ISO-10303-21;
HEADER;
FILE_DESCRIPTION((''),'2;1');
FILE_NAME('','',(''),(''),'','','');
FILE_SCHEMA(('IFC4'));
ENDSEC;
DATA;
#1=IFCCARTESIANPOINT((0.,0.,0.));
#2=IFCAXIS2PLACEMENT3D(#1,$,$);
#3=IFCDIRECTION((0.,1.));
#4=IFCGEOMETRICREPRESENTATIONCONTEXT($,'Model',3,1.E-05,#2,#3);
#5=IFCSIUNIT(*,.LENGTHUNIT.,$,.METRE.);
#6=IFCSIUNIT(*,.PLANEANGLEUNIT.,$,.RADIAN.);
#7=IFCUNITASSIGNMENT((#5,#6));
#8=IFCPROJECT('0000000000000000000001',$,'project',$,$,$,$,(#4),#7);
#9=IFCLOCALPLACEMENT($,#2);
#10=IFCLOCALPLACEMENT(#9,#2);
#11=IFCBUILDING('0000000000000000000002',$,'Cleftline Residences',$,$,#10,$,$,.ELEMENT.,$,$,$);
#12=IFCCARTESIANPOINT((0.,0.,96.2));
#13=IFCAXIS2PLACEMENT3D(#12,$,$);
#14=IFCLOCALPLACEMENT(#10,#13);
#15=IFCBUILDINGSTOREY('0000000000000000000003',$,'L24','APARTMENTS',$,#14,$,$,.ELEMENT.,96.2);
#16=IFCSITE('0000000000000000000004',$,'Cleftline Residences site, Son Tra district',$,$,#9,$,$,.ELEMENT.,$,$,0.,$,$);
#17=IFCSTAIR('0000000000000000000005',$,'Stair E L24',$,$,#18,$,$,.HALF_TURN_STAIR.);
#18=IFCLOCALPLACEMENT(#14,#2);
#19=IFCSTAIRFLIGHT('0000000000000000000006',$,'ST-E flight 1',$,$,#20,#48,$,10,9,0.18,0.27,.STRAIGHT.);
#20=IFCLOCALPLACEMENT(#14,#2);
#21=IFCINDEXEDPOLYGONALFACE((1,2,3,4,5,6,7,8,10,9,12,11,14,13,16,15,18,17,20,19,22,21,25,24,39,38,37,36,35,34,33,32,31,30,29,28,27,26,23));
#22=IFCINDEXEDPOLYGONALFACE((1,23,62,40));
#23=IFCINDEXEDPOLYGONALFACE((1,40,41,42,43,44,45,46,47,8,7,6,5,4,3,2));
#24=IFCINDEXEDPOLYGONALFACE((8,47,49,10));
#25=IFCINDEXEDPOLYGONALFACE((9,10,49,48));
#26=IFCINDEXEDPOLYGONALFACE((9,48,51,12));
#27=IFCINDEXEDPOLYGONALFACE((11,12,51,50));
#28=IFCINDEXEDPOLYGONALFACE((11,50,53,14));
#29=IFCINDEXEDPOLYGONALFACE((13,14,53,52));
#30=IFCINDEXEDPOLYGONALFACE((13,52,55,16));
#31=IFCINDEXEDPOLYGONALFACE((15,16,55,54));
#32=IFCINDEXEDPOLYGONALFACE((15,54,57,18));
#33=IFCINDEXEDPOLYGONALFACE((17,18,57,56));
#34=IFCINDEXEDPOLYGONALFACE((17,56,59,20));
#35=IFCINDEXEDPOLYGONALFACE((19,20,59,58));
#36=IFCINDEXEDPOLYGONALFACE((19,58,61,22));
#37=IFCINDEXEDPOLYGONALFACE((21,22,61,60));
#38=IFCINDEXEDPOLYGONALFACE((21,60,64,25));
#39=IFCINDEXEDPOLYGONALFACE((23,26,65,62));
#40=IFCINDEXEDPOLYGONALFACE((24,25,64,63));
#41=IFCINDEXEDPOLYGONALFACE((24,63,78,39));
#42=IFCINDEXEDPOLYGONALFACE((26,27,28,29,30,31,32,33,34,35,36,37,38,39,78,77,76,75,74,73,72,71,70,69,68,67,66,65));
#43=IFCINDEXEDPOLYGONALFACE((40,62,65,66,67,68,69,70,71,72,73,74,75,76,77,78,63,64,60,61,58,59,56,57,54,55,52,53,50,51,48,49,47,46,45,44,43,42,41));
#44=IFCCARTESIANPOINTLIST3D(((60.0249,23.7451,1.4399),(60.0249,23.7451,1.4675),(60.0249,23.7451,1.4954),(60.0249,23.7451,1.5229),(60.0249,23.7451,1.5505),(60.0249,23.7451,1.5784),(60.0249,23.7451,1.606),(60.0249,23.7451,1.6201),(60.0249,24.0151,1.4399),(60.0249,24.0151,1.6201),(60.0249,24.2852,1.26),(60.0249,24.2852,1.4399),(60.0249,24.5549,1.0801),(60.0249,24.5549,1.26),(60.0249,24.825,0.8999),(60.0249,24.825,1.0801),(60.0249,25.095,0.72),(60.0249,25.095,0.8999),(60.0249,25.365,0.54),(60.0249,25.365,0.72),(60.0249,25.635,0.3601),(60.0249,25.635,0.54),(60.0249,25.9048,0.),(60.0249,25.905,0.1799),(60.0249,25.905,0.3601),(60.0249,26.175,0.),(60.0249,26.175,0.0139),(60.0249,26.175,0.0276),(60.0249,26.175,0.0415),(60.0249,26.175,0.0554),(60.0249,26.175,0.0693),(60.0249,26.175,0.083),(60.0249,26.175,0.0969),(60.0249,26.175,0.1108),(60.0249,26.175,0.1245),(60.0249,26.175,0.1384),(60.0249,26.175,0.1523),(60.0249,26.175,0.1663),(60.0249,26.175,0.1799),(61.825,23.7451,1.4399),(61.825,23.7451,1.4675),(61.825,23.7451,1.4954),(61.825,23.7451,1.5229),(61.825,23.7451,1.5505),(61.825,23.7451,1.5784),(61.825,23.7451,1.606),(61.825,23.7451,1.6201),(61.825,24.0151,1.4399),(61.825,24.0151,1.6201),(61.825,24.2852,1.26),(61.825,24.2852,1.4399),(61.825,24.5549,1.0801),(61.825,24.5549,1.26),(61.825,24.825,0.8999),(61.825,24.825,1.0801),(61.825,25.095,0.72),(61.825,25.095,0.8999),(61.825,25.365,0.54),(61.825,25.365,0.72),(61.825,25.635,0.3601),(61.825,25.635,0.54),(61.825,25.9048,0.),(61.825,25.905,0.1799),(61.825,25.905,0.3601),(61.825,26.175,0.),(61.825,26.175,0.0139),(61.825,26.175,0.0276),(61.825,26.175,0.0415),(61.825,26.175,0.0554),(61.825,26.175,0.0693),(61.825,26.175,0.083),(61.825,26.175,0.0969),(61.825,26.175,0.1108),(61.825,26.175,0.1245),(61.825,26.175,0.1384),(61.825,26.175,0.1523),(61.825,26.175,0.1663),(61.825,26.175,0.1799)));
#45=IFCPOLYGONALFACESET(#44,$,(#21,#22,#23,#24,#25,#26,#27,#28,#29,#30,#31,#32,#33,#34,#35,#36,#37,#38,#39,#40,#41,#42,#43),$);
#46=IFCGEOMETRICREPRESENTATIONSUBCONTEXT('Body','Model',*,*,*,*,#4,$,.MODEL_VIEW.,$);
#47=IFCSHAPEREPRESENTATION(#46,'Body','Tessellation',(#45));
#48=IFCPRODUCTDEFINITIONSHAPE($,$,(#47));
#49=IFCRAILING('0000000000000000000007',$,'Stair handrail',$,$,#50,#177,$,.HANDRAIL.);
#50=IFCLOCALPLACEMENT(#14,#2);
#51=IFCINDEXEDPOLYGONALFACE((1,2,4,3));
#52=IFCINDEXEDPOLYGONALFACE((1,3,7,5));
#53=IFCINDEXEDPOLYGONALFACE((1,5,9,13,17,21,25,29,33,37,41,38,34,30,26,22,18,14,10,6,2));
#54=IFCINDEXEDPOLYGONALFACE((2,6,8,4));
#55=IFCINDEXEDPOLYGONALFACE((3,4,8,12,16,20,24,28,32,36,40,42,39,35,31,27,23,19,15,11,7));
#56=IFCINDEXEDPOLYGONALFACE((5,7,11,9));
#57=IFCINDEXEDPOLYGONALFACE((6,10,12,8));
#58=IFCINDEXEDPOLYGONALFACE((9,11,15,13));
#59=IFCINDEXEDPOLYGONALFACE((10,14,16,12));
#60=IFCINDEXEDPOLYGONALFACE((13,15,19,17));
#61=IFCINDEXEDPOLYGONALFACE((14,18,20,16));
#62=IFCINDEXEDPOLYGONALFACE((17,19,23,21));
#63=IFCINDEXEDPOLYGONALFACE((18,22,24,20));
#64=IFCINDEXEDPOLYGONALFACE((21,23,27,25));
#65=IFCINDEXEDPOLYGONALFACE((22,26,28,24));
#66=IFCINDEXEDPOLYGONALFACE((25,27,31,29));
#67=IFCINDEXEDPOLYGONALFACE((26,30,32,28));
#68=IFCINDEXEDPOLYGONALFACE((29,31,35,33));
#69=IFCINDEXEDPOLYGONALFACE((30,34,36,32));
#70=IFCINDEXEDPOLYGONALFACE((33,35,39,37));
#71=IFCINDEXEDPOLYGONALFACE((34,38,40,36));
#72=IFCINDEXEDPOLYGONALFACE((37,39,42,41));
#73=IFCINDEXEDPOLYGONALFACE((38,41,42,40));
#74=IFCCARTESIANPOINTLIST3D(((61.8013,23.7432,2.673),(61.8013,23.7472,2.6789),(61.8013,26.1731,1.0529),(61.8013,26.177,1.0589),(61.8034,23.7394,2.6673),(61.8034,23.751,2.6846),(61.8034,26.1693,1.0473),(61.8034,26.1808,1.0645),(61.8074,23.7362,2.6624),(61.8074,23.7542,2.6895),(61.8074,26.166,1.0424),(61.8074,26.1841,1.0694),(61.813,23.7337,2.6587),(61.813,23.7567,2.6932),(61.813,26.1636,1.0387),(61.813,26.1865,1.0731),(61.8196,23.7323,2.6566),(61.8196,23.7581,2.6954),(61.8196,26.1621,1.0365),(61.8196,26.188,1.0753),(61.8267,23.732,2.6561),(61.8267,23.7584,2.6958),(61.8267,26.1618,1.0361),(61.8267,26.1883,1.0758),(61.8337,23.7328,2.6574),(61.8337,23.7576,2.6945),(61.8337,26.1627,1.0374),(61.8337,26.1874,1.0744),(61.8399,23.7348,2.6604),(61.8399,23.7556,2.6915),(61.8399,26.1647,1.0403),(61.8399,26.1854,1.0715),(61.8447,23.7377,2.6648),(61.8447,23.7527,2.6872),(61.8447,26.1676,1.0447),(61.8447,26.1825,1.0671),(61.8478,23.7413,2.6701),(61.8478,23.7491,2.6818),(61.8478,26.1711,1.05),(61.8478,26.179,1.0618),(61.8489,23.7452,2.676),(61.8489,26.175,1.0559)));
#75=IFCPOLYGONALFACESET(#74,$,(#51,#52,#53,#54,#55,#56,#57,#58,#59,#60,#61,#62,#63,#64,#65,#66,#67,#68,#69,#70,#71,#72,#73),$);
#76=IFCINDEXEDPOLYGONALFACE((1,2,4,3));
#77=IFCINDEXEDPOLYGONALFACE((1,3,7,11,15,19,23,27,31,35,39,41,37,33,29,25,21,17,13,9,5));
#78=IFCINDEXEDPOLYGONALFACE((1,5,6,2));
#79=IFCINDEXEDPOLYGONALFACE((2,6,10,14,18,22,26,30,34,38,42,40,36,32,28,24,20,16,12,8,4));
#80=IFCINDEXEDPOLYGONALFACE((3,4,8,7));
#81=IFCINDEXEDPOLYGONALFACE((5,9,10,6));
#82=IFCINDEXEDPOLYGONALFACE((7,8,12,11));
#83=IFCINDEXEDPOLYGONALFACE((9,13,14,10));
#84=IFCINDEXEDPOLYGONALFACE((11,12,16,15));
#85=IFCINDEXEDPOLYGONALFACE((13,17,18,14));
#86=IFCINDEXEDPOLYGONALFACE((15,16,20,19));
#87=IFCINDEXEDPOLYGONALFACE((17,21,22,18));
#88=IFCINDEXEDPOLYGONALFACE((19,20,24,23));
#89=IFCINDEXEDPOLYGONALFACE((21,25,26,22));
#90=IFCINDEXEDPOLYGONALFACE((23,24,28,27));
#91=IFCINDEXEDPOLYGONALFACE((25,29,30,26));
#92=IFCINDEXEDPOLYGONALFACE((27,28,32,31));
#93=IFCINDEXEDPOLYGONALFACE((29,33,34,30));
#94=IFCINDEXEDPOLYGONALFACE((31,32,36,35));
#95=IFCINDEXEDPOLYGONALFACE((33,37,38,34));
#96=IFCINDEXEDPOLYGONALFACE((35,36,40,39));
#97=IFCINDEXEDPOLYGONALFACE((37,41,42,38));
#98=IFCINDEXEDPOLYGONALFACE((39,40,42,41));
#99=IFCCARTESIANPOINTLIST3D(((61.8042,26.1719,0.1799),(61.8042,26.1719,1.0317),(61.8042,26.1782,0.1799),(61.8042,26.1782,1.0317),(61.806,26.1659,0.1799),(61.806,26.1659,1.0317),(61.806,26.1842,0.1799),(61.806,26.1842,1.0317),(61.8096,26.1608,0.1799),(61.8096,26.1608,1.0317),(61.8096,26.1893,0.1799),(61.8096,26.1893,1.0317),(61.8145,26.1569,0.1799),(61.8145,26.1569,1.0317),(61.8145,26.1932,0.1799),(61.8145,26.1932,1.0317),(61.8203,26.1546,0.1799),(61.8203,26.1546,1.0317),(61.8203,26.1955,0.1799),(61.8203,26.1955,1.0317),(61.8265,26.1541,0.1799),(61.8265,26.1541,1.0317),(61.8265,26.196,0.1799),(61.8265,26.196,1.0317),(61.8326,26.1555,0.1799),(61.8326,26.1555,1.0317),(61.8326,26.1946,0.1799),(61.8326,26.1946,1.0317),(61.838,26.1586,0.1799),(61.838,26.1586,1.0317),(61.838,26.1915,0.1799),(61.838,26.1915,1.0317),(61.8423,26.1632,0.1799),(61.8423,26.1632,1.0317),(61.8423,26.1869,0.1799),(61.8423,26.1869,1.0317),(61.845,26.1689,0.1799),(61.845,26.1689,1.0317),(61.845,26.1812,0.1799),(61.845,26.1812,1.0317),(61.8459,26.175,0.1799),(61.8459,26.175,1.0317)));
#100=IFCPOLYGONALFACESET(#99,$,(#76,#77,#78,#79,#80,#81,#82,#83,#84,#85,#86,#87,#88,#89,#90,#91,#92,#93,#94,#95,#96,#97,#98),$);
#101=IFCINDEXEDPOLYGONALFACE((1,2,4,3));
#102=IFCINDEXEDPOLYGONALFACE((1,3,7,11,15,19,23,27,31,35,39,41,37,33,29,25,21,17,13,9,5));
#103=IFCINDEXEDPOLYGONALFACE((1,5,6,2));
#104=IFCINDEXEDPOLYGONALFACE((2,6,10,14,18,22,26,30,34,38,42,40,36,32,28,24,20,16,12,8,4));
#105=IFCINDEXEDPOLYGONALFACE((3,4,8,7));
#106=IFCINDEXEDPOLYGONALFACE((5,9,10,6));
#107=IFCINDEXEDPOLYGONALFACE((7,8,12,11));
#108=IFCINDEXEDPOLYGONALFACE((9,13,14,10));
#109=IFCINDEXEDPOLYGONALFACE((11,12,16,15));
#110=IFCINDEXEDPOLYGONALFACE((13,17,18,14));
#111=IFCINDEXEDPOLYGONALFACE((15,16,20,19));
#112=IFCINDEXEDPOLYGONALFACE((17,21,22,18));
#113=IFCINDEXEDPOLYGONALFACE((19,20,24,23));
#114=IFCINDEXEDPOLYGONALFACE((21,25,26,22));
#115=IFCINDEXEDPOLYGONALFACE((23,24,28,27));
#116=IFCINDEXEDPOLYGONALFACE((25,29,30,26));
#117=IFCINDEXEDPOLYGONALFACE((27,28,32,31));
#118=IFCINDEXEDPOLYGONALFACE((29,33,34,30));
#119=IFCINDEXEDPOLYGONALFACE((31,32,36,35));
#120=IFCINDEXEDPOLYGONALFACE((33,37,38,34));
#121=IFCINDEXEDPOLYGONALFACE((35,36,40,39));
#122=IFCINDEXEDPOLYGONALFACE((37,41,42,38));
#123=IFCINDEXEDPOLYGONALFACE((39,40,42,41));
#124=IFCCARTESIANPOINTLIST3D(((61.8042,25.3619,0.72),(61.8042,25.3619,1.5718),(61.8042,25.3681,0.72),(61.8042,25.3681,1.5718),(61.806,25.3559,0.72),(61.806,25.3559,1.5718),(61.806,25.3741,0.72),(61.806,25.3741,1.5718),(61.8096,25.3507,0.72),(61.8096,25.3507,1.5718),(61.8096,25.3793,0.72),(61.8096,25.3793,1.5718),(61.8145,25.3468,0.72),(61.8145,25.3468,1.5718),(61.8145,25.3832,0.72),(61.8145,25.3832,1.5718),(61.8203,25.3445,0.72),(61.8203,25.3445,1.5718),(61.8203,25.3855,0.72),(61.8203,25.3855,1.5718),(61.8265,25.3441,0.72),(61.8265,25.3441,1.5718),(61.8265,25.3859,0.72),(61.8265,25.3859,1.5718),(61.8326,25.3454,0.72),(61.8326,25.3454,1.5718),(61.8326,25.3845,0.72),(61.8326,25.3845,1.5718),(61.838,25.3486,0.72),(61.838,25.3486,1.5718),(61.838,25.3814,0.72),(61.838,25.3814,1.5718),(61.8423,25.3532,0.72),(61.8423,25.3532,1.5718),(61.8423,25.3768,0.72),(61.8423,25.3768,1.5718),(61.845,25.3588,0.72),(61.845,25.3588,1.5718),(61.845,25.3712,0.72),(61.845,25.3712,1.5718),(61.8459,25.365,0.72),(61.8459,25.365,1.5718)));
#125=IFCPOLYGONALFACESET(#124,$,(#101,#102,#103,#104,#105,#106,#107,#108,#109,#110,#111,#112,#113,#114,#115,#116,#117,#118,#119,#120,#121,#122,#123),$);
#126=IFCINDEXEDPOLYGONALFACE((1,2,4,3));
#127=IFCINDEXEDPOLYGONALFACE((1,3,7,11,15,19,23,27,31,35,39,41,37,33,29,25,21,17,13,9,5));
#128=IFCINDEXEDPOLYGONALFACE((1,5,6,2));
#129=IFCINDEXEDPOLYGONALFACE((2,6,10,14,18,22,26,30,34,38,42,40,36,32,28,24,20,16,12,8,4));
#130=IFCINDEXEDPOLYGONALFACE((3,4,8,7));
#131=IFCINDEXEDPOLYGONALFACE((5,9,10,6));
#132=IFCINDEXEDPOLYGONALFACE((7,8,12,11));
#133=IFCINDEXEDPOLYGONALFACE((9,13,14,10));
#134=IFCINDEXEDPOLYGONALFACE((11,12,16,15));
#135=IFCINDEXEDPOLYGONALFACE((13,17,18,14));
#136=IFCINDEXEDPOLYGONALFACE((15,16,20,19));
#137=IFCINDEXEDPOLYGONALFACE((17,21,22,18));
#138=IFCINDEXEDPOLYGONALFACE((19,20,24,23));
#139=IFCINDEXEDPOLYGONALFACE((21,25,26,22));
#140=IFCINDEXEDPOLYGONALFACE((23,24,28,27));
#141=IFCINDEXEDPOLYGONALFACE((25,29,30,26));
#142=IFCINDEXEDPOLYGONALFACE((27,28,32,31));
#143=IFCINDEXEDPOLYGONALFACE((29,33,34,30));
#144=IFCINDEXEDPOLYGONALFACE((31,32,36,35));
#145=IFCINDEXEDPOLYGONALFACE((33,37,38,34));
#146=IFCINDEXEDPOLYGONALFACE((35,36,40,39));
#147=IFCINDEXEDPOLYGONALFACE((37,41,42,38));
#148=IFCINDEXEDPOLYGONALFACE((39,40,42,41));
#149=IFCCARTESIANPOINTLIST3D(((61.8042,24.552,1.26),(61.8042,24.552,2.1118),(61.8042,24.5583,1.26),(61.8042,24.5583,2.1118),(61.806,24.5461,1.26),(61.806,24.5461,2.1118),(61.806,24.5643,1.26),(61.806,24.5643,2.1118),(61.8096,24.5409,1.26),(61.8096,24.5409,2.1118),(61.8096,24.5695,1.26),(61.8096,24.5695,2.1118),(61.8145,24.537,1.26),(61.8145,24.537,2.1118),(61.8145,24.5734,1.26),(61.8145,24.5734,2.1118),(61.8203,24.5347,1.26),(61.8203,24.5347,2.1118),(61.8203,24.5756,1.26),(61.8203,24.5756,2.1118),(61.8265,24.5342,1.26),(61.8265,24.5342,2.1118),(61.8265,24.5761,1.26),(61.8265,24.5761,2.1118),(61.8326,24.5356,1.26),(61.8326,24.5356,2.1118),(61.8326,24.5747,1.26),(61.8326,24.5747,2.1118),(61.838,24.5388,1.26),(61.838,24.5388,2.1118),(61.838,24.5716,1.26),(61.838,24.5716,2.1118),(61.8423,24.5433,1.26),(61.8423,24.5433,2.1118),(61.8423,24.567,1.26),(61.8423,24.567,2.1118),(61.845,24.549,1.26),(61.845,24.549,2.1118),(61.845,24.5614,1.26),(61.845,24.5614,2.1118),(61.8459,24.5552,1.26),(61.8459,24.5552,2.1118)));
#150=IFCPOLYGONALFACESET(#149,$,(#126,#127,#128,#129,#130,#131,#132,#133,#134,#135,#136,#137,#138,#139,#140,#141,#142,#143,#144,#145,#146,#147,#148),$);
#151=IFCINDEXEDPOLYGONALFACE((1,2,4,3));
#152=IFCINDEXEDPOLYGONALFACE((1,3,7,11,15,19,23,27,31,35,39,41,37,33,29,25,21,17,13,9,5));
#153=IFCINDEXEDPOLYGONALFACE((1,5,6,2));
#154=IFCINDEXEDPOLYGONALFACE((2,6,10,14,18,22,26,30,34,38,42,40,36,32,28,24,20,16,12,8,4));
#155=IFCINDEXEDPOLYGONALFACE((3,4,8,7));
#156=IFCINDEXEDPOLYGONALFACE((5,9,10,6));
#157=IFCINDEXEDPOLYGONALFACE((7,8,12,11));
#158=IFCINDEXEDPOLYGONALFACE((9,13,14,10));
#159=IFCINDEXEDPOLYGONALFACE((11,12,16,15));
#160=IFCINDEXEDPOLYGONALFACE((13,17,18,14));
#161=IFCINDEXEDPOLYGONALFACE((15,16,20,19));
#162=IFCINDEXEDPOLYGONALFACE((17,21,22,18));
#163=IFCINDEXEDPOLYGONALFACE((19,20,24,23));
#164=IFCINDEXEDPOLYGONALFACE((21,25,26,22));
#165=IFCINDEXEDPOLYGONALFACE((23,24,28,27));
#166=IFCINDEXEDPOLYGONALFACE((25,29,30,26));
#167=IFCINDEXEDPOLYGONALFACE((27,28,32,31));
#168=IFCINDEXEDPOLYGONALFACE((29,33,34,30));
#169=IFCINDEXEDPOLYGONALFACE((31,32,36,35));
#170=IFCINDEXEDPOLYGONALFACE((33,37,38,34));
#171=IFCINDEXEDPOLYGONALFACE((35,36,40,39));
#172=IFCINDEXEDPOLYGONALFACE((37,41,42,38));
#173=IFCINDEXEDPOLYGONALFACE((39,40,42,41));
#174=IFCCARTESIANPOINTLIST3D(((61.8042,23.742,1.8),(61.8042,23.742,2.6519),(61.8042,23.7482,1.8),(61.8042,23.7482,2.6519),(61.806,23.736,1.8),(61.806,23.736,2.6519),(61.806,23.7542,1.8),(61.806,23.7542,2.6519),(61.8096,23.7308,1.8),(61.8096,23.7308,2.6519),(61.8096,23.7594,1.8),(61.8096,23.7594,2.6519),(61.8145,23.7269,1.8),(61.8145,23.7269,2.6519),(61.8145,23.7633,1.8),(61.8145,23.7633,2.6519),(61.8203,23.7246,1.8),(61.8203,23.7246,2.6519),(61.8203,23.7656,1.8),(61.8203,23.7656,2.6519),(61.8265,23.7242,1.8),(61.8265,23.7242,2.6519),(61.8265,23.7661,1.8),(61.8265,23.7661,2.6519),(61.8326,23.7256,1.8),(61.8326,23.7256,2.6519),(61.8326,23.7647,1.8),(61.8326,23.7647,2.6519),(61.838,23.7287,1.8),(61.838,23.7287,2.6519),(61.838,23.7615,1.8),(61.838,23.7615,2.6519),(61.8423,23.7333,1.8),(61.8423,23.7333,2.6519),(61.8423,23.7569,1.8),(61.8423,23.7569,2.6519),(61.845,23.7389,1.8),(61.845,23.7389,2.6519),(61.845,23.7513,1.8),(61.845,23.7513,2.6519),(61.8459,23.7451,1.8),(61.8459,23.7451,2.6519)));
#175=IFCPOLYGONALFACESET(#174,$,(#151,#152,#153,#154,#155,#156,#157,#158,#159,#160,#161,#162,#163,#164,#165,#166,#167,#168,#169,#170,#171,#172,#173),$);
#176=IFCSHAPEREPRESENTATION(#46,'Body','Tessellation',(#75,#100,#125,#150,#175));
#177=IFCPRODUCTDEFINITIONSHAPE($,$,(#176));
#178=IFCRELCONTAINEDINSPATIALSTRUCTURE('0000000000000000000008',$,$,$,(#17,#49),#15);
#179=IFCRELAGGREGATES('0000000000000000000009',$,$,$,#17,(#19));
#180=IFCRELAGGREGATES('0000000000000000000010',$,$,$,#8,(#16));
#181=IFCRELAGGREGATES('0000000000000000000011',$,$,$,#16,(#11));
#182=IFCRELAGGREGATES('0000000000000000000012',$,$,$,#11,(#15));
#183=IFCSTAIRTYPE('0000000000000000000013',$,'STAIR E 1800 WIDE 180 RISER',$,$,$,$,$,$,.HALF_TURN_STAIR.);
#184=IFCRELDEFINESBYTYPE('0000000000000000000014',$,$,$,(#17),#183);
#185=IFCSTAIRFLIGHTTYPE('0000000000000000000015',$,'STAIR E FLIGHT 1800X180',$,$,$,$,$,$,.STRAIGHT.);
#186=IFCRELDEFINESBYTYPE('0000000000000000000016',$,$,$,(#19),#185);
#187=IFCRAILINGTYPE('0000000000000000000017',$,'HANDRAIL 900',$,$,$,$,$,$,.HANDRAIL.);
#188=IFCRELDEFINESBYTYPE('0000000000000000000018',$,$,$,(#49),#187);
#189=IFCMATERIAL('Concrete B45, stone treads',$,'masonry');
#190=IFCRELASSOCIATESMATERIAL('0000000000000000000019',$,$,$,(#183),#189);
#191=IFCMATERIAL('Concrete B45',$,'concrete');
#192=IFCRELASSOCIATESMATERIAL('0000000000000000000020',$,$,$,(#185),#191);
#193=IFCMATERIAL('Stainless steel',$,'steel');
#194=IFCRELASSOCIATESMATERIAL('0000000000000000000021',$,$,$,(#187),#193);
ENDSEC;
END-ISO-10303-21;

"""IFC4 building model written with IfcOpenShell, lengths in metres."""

from ifc_helpers import new_model, si_unit, direction, frame, origin, origin_2d, place, context, subcontext, project, spatial, polyline, circle, outline, extrude, material, type_object, element, aggregate, save


model = new_model("IFC4")

# Units and contexts
model_context = context("Model", 3, precision=1e-05, world=origin(), true_north=direction((0.0, 1.0)))
body_context = subcontext(model_context, "Body", "Model", "MODEL_VIEW")
ifc_project = project(units=[si_unit("LENGTHUNIT", "METRE"), si_unit("PLANEANGLEUNIT", "RADIAN")], contexts=[model_context])

# Site, building, storey
site_placement = place(None, origin())
site = spatial("IfcSite", under=ifc_project, at=site_placement, Name="Cleftline Residences site, Son Tra district", CompositionType="ELEMENT", RefElevation=0.0)
building_placement = place(site_placement, origin())
building = spatial("IfcBuilding", under=site, at=building_placement, Name="Cleftline Residences", CompositionType="ELEMENT")
storey_placement = place(building_placement, frame((0.0, 0.0, 96.2)))
storey = spatial("IfcBuildingStorey", under=building, at=storey_placement, Name="L24", Description="APARTMENTS", CompositionType="ELEMENT", Elevation=96.2)

# Stair, stair flight
ifc_material_1 = material(Name="Concrete B45, stone treads", Category="masonry")
stair_type = type_object("IfcStairType", Name="STAIR E 1800 WIDE 180 RISER", PredefinedType="HALF_TURN_STAIR", material=ifc_material_1)
stair_placement = place(storey_placement, origin())
stair = element("IfcStair", 1, at=stair_placement, inside=storey, type_object=stair_type, Name="Stair E L24", PredefinedType="HALF_TURN_STAIR")
ifc_material_2 = material(Name="Concrete B45", Category="concrete")
stair_flight_type = type_object("IfcStairFlightType", Name="STAIR E FLIGHT 1800X180", PredefinedType="STRAIGHT", material=ifc_material_2)
stair_flight_placement = place(storey_placement, frame((60.925, 26.175, 0.0), z_axis=(0.0, 0.0, 1.0), x_axis=(0.0, -1.0, 0.0)))
stair_flight = element("IfcStairFlight", 2, at=stair_flight_placement, type_object=stair_flight_type, Name="ST-E flight 1", NumberOfRisers=10, NumberOfTreads=9, PredefinedType="STRAIGHT", RiserHeight=0.18, TreadLength=0.27, context=body_context, shape_type="SweptSolid", body=[
    extrude(outline(polyline([(0.0, 0.0), (0.0, 0.0139), (0.0, 0.0276), (0.0, 0.0415), (0.0, 0.0554), (0.0, 0.0693), (0.0, 0.083), (0.0, 0.0969), (0.0, 0.1108), (0.0, 0.1245), (0.0, 0.1384), (0.0, 0.1523), (0.0, 0.1663), (0.0, 0.1799), (0.27, 0.1799), (0.27, 0.3601), (0.54, 0.3601), (0.54, 0.54), (0.8101, 0.54), (0.8101, 0.72), (1.0801, 0.72), (1.0801, 0.8999), (1.3501, 0.8999), (1.3501, 1.0801), (1.6201, 1.0801), (1.6201, 1.26), (1.8899, 1.26), (1.8899, 1.4399), (2.1599, 1.4399), (2.1599, 1.6201), (2.4299, 1.6201), (2.4299, 1.8), (2.4299, 1.7722), (2.4299, 1.7446), (2.4299, 1.7168), (2.4299, 1.6892), (2.4299, 1.6614), (2.4299, 1.6338), (2.4299, 1.606), (2.4299, 1.5784), (2.4299, 1.5505), (2.4299, 1.5229), (2.4299, 1.4954), (2.4299, 1.4675), (2.4299, 1.4399), (0.2703, 0.0), (0.0, 0.0)])), frame((0.0, 0.8999, 0.0), z_axis=(0.0, -1.0, 0.0), x_axis=(1.0, 0.0, 0.0)), (0.0, 0.0, 1.0), 1.8),
])
aggregate(stair, [stair_flight])

# Railing
ifc_material_3 = material(Name="Stainless steel", Category="steel")
railing_type = type_object("IfcRailingType", Name="HANDRAIL 900", PredefinedType="HANDRAIL", material=ifc_material_3)
railing_placement = place(storey_placement, frame((61.825, 26.175, 0.1799)))
element("IfcRailing", 3, at=railing_placement, inside=storey, type_object=railing_type, Name="Stair handrail", PredefinedType="HANDRAIL", context=body_context, shape_type="SweptSolid", body=[
    extrude(circle(Radius=0.0239, at=origin_2d()), frame((0.0, 0.0, 0.876), z_axis=(0.0, -0.832025, 0.554739), x_axis=(1.0, 0.0, 0.0)), (0.0, 0.0, 1.0), 2.9204),
    extrude(circle(Radius=0.021, at=origin_2d()), origin(), (0.0, 0.0, 1.0), 0.8518),
    extrude(circle(Radius=0.021, at=origin_2d()), frame((0.0, -0.8101, 0.54)), (0.0, 0.0, 1.0), 0.8518),
    extrude(circle(Radius=0.021, at=origin_2d()), frame((0.0, -1.6199, 1.0801)), (0.0, 0.0, 1.0), 0.8518),
    extrude(circle(Radius=0.021, at=origin_2d()), frame((0.0, -2.4299, 1.6201)), (0.0, 0.0, 1.0), 0.8518),
])

save(model, "model.ifc")
